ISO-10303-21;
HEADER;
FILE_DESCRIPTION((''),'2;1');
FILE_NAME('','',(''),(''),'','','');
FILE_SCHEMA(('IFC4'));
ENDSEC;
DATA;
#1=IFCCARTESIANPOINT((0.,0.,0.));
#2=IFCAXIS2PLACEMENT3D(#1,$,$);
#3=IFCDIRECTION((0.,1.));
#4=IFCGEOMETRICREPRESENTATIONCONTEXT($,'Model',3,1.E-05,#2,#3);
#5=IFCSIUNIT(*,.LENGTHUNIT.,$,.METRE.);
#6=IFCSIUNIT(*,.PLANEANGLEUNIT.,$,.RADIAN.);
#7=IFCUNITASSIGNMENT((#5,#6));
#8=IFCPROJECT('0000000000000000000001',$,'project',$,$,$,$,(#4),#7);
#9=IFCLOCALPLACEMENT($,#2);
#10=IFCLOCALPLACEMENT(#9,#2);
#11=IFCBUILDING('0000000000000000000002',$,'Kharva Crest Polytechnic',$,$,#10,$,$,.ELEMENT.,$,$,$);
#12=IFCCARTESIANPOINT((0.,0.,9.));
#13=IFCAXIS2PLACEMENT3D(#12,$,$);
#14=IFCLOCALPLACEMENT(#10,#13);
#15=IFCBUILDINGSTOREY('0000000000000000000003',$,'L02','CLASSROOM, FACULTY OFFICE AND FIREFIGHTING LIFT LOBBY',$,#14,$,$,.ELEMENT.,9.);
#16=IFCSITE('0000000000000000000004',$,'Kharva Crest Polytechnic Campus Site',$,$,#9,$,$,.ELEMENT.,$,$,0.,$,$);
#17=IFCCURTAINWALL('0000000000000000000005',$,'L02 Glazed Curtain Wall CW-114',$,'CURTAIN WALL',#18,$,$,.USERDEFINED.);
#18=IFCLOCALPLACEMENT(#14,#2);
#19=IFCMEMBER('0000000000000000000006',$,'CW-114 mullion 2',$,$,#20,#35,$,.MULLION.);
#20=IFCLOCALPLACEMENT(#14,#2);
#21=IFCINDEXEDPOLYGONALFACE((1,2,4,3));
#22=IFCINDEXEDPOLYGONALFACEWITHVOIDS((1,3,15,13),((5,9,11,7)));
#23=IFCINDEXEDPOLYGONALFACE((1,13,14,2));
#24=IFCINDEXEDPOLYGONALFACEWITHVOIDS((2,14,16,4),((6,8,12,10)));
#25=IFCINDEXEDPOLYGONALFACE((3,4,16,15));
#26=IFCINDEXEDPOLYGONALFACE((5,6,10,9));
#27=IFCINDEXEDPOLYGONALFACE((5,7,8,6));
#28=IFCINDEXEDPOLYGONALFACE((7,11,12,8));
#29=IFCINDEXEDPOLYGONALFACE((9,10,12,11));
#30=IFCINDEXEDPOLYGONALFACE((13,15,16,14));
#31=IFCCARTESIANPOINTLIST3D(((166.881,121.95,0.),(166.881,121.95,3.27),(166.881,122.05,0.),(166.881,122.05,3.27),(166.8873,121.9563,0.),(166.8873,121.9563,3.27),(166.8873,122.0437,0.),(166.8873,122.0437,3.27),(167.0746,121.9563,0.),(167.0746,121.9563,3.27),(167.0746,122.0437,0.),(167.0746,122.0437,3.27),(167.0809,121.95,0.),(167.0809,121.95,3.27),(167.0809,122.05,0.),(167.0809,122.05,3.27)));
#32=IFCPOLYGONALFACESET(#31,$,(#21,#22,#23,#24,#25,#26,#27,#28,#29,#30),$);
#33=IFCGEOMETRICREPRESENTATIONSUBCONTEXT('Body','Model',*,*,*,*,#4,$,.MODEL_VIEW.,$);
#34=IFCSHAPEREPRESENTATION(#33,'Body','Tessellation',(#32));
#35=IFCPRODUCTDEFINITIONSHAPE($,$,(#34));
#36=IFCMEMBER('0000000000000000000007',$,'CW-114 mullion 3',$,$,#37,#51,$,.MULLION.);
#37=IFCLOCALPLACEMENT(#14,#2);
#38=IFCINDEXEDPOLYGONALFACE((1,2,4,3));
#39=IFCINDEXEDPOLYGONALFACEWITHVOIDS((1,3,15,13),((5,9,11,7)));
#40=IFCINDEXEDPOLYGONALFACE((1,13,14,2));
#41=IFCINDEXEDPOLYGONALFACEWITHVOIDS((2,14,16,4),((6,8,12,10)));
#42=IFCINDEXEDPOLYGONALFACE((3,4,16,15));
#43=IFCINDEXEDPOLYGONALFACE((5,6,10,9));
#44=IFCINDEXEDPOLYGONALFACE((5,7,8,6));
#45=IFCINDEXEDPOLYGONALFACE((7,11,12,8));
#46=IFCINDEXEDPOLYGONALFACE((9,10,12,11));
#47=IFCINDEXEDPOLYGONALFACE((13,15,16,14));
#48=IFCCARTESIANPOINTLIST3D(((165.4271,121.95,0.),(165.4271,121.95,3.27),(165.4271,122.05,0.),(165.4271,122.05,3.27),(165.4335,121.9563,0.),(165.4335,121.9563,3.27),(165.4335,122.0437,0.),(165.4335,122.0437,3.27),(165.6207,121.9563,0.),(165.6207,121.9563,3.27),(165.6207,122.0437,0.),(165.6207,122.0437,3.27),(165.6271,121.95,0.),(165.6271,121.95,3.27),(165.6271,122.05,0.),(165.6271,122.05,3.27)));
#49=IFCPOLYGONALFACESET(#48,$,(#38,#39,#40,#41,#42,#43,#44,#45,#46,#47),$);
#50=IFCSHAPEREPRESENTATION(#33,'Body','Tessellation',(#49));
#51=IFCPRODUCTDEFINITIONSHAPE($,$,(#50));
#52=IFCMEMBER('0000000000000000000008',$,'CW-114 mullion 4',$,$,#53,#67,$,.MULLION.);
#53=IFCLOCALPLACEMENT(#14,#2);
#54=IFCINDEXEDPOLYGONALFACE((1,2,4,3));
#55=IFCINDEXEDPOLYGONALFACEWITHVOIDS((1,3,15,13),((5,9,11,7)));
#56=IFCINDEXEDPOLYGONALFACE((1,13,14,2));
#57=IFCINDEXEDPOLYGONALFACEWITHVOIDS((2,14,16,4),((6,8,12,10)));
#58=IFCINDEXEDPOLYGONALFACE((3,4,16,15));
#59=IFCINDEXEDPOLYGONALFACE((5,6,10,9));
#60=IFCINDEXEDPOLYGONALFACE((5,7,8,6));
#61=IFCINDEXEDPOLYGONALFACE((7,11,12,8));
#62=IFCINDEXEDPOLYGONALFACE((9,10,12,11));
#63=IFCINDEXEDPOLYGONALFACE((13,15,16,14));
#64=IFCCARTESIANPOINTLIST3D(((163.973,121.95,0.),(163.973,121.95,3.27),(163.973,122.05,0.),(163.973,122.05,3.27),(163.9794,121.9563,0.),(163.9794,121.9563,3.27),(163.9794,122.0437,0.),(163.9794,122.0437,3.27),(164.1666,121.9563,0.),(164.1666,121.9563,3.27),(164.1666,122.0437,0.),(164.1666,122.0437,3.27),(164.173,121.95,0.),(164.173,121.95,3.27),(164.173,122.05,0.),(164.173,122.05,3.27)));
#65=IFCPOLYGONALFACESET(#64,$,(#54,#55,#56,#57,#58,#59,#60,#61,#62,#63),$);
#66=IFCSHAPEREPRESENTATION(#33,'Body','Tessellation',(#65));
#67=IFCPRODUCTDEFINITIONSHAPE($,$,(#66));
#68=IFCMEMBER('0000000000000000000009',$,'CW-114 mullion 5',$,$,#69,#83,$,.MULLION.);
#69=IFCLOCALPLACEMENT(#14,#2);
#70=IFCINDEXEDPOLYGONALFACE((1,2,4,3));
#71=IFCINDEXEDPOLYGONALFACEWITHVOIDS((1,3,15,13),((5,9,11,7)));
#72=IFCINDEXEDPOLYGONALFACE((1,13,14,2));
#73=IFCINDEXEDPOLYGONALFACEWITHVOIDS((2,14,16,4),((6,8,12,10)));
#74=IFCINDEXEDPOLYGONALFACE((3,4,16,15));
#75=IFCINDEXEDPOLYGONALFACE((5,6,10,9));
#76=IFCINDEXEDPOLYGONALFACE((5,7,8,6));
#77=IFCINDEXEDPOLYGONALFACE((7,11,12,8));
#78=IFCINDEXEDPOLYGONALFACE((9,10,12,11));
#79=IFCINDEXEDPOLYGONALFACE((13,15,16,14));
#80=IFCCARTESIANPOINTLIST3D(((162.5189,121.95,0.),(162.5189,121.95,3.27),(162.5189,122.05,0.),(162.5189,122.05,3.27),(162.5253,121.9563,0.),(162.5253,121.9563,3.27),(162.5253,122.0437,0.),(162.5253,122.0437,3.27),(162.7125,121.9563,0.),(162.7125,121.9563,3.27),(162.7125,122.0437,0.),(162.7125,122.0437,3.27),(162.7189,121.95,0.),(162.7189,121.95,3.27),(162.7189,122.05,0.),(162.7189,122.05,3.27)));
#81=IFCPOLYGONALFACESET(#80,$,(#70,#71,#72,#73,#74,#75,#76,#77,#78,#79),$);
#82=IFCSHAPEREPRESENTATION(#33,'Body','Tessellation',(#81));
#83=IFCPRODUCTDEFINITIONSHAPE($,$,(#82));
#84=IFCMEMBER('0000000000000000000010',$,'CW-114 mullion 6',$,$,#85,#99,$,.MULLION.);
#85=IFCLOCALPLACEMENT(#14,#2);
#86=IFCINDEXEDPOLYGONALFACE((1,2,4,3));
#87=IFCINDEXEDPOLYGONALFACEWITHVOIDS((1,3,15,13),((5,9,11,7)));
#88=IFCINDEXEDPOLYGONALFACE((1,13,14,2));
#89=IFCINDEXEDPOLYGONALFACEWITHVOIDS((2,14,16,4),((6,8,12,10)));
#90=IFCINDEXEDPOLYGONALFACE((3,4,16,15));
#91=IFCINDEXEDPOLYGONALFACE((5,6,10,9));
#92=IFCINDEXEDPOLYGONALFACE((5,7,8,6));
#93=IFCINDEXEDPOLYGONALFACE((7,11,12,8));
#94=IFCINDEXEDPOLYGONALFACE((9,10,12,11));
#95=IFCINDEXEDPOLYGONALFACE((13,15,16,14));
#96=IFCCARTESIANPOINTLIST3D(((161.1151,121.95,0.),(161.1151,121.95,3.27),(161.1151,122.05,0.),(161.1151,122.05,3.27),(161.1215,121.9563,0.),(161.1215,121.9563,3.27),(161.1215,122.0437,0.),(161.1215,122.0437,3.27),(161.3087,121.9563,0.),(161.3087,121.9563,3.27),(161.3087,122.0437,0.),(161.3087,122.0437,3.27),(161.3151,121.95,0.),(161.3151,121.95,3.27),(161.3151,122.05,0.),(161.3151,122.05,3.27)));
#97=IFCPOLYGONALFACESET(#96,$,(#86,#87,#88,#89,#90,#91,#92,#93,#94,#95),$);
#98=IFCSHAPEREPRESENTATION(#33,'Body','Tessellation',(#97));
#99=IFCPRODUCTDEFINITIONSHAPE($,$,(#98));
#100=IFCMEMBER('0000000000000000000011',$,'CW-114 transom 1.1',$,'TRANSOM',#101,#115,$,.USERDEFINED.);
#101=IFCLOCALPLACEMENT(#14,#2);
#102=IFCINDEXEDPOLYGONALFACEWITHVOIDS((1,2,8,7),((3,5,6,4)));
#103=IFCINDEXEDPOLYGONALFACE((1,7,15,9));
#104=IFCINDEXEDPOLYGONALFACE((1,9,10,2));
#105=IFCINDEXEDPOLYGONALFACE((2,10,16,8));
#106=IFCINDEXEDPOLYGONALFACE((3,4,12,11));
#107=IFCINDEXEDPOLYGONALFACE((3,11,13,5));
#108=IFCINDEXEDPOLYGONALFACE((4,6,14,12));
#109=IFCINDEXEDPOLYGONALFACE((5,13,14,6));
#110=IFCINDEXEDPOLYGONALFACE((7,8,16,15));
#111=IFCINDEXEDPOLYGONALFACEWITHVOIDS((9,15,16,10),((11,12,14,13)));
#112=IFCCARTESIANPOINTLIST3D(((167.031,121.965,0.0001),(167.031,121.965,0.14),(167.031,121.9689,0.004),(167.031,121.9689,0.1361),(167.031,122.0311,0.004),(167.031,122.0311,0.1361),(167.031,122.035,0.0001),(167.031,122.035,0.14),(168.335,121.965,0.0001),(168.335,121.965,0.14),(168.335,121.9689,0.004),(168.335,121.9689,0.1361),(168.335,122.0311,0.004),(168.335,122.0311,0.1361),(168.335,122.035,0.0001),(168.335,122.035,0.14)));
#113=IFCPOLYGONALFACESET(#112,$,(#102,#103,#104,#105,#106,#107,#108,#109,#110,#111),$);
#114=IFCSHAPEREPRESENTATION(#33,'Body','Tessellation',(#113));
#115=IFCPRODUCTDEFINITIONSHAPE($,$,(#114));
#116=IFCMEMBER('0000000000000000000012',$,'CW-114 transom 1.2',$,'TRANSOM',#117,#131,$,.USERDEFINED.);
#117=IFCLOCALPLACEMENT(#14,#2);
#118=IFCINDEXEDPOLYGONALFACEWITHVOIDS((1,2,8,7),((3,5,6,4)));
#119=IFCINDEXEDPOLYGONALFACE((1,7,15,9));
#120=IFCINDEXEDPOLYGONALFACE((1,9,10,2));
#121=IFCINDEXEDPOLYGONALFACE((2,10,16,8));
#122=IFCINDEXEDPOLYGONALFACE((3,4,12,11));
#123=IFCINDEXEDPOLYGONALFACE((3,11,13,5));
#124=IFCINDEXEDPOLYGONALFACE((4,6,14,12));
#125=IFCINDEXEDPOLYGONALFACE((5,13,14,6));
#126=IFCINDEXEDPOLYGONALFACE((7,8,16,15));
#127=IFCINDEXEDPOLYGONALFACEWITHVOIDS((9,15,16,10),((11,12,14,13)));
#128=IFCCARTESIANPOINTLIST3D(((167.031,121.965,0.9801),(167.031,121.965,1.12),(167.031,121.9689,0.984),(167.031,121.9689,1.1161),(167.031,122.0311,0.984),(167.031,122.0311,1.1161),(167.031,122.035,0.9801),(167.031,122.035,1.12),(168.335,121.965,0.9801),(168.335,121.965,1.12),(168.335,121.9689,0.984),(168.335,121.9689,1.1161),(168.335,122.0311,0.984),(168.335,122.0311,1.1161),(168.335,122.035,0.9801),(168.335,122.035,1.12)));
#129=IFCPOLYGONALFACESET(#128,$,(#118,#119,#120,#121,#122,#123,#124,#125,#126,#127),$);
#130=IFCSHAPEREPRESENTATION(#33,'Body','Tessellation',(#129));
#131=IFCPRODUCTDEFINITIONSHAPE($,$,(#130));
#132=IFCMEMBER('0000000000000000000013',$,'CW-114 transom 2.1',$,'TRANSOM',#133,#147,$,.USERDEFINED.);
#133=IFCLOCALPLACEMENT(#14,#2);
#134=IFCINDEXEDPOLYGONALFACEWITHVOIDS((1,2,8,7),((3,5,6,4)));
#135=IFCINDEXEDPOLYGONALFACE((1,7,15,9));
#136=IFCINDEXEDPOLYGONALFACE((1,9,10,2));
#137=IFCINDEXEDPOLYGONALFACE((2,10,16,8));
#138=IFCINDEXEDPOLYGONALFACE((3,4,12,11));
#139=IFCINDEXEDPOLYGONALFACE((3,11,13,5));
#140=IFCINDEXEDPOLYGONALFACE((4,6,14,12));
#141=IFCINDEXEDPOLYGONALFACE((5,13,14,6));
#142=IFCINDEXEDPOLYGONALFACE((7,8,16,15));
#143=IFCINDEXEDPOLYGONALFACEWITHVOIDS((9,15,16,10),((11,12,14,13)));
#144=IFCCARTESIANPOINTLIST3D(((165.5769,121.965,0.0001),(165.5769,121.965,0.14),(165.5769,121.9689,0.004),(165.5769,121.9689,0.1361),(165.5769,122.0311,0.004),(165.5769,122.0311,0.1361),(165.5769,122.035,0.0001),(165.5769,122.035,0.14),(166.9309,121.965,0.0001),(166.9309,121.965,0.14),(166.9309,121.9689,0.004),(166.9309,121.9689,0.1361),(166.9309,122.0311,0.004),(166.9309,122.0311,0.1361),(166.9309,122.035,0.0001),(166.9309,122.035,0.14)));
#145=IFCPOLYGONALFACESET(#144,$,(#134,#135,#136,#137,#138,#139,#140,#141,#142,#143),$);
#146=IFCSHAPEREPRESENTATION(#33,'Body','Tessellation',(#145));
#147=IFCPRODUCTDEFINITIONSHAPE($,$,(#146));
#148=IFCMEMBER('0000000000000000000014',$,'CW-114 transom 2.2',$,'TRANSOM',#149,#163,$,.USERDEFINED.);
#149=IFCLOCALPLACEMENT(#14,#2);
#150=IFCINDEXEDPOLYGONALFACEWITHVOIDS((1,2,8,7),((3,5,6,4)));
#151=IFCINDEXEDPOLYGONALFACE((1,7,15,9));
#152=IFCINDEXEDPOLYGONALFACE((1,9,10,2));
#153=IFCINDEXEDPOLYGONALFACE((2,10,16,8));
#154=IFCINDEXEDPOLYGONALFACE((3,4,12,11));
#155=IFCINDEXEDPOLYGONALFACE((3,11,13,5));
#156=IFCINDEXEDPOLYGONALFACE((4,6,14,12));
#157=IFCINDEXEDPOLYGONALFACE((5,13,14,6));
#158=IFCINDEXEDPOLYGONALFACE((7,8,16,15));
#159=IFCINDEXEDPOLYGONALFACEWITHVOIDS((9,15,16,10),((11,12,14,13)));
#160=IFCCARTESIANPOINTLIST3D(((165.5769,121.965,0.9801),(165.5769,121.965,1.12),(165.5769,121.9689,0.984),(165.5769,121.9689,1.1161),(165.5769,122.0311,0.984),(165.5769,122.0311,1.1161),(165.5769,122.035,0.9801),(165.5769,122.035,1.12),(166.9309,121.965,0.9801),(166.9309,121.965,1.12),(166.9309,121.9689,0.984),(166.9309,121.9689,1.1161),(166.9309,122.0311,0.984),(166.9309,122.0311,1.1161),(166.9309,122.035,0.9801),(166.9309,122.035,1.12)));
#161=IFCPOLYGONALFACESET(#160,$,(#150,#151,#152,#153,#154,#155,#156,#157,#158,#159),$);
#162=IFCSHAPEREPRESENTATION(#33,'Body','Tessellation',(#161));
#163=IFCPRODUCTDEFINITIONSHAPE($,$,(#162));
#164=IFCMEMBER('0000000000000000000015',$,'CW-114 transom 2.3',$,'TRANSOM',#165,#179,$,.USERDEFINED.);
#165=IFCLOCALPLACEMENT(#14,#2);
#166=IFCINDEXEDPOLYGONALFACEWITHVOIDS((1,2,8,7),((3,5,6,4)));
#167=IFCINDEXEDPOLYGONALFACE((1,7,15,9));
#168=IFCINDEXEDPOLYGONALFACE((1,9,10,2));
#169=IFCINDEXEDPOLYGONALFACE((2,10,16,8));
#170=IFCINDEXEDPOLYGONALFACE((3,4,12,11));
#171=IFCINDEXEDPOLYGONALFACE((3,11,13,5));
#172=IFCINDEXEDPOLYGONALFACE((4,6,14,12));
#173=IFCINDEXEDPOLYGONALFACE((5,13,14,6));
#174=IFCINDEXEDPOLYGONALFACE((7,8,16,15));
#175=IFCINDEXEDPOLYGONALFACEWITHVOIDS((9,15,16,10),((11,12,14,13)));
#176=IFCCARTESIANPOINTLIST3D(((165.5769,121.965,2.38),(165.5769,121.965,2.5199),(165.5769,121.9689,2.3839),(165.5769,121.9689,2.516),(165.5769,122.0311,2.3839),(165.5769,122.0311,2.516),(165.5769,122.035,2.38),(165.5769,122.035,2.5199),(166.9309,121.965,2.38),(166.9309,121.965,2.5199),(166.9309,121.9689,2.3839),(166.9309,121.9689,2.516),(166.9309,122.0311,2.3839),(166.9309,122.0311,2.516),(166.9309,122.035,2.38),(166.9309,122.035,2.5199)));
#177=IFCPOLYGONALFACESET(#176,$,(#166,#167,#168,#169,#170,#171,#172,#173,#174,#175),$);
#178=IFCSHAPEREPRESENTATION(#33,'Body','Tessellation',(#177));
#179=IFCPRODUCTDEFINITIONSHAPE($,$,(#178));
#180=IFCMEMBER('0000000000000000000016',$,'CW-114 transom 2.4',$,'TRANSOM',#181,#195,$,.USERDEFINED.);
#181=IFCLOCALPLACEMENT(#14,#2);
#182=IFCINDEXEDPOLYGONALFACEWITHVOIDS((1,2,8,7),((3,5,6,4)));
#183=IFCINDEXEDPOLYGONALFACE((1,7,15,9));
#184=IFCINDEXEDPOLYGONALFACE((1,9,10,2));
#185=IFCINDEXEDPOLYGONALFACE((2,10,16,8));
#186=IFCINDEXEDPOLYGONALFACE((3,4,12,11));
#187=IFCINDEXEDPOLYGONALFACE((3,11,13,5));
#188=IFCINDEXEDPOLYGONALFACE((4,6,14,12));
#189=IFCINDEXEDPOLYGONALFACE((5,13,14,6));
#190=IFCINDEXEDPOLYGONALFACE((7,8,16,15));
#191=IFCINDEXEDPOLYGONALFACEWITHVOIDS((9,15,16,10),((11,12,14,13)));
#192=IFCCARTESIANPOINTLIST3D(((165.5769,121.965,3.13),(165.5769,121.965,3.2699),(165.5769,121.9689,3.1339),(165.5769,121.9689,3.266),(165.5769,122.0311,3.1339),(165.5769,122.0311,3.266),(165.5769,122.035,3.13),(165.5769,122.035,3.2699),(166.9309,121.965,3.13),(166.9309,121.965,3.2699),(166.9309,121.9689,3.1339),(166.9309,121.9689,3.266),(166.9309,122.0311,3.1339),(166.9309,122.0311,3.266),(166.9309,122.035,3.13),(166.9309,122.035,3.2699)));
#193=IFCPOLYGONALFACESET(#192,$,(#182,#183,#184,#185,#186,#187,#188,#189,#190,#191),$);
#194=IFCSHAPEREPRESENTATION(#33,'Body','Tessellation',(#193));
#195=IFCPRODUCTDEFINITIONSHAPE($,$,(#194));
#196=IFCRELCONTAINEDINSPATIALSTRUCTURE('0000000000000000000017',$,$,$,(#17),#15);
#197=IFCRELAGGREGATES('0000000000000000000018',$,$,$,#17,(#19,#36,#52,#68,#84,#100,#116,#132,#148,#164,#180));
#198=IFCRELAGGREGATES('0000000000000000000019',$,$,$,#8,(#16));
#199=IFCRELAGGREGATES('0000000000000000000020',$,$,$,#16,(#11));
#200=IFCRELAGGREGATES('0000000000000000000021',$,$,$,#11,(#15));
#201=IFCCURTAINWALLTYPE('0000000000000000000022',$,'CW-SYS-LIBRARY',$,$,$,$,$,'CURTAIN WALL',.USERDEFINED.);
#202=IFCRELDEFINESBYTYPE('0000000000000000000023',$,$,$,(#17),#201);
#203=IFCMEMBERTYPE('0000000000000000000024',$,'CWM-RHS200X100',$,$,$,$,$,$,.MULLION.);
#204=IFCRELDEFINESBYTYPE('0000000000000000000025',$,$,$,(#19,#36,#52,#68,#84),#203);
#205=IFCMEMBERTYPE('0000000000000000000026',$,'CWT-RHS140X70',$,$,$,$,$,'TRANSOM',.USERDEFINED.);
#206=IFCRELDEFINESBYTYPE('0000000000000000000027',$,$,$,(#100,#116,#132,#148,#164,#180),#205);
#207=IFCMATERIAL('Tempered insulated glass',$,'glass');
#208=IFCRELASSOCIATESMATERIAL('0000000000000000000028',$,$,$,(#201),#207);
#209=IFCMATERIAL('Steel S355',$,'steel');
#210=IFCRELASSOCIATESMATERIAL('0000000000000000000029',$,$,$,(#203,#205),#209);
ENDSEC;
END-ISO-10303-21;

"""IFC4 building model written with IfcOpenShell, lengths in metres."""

from ifc_helpers import new_model, si_unit, direction, frame, origin, origin_2d, place, context, subcontext, project, spatial, hollow_rectangle, extrude, material, material_profile, profile_set, type_object, element, aggregate, save


model = new_model("IFC4")

# Units and contexts
model_context = context("Model", 3, precision=1e-05, world=origin(), true_north=direction((0.0, 1.0)))
body_context = subcontext(model_context, "Body", "Model", "MODEL_VIEW")
ifc_project = project(units=[si_unit("LENGTHUNIT", "METRE"), si_unit("PLANEANGLEUNIT", "RADIAN")], contexts=[model_context])

# Site, building, storey
site_placement = place(None, origin())
site = spatial("IfcSite", under=ifc_project, at=site_placement, Name="Kharva Crest Polytechnic Campus Site", CompositionType="ELEMENT", RefElevation=0.0)
building_placement = place(site_placement, origin())
building = spatial("IfcBuilding", under=site, at=building_placement, Name="Kharva Crest Polytechnic", CompositionType="ELEMENT")
storey_placement = place(building_placement, frame((0.0, 0.0, 9.0)))
storey = spatial("IfcBuildingStorey", under=building, at=storey_placement, Name="L02", Description="CLASSROOM, FACULTY OFFICE AND FIREFIGHTING LIFT LOBBY", CompositionType="ELEMENT", Elevation=9.0)

# Curtain wall, members
ifc_material_1 = material(Name="Tempered insulated glass", Category="glass")
curtain_wall_type = type_object("IfcCurtainWallType", Name="CW-SYS-LIBRARY", ElementType="CURTAIN WALL", PredefinedType="USERDEFINED", material=ifc_material_1)
curtain_wall_placement = place(storey_placement, origin())
curtain_wall = element("IfcCurtainWall", 1, at=curtain_wall_placement, inside=storey, type_object=curtain_wall_type, Name="L02 Glazed Curtain Wall CW-114", ObjectType="CURTAIN WALL", PredefinedType="USERDEFINED")
ifc_material_2 = material(Name="Steel S355", Category="steel")
ifc_material_profile_1 = material_profile(ifc_material_2, hollow_rectangle(XDim=0.1001, YDim=0.2, WallThickness=0.0063, at=origin_2d()), Name="RHS 200X100X6.3")
ifc_profile_set_1 = profile_set([ifc_material_profile_1], Name="Steel S355")
member_type_1 = type_object("IfcMemberType", Name="CWM-RHS200X100", PredefinedType="MULLION", material=ifc_profile_set_1)
member_1_placement = place(storey_placement, frame((166.981, 122.0, 0.0), z_axis=(0.0, 0.0, 1.0), x_axis=(0.0, -1.0, 0.0)))
member_1 = element("IfcMember", 2, at=member_1_placement, type_object=member_type_1, Name="CW-114 mullion 2", PredefinedType="MULLION", context=body_context, shape_type="SweptSolid", body=[
    extrude(hollow_rectangle(XDim=0.1001, YDim=0.2, WallThickness=0.0063, at=origin_2d()), origin(), (0.0, 0.0, 1.0), 3.27),
])
member_2_placement = place(storey_placement, frame((165.5271, 122.0, 0.0), z_axis=(0.0, 0.0, 1.0), x_axis=(0.0, -1.0, 0.0)))
member_2 = element("IfcMember", 3, at=member_2_placement, type_object=member_type_1, Name="CW-114 mullion 3", PredefinedType="MULLION", context=body_context, shape_type="SweptSolid", body=[
    extrude(hollow_rectangle(XDim=0.1001, YDim=0.2, WallThickness=0.0063, at=origin_2d()), origin(), (0.0, 0.0, 1.0), 3.27),
])
member_3_placement = place(storey_placement, frame((164.073, 122.0, 0.0), z_axis=(0.0, 0.0, 1.0), x_axis=(0.0, -1.0, 0.0)))
member_3 = element("IfcMember", 4, at=member_3_placement, type_object=member_type_1, Name="CW-114 mullion 4", PredefinedType="MULLION", context=body_context, shape_type="SweptSolid", body=[
    extrude(hollow_rectangle(XDim=0.1001, YDim=0.2, WallThickness=0.0063, at=origin_2d()), origin(), (0.0, 0.0, 1.0), 3.27),
])
member_4_placement = place(storey_placement, frame((162.6189, 122.0, 0.0), z_axis=(0.0, 0.0, 1.0), x_axis=(0.0, -1.0, 0.0)))
member_4 = element("IfcMember", 5, at=member_4_placement, type_object=member_type_1, Name="CW-114 mullion 5", PredefinedType="MULLION", context=body_context, shape_type="SweptSolid", body=[
    extrude(hollow_rectangle(XDim=0.1001, YDim=0.2, WallThickness=0.0063, at=origin_2d()), origin(), (0.0, 0.0, 1.0), 3.27),
])
member_5_placement = place(storey_placement, frame((161.2151, 122.0, 0.0), z_axis=(0.0, 0.0, 1.0), x_axis=(0.0, -1.0, 0.0)))
member_5 = element("IfcMember", 6, at=member_5_placement, type_object=member_type_1, Name="CW-114 mullion 6", PredefinedType="MULLION", context=body_context, shape_type="SweptSolid", body=[
    extrude(hollow_rectangle(XDim=0.1001, YDim=0.2, WallThickness=0.0063, at=origin_2d()), origin(), (0.0, 0.0, 1.0), 3.27),
])
ifc_material_profile_2 = material_profile(ifc_material_2, hollow_rectangle(XDim=0.0701, YDim=0.1399, WallThickness=0.0039, at=origin_2d()), Name="RHS 140X70X4.0")
ifc_profile_set_2 = profile_set([ifc_material_profile_2], Name="Steel S355")
member_type_2 = type_object("IfcMemberType", Name="CWT-RHS140X70", ElementType="TRANSOM", PredefinedType="USERDEFINED", material=ifc_profile_set_2)
member_6_placement = place(storey_placement, frame((168.335, 122.0, 0.0701), z_axis=(-1.0, 0.0, 0.0), x_axis=(0.0, -1.0, 0.0)))
member_6 = element("IfcMember", 7, at=member_6_placement, type_object=member_type_2, Name="CW-114 transom 1.1", ObjectType="TRANSOM", PredefinedType="USERDEFINED", context=body_context, shape_type="SweptSolid", body=[
    extrude(hollow_rectangle(XDim=0.0701, YDim=0.1399, WallThickness=0.0039, at=origin_2d()), origin(), (0.0, 0.0, 1.0), 1.304),
])
member_7_placement = place(storey_placement, frame((168.335, 122.0, 1.05), z_axis=(-1.0, 0.0, 0.0), x_axis=(0.0, -1.0, 0.0)))
member_7 = element("IfcMember", 8, at=member_7_placement, type_object=member_type_2, Name="CW-114 transom 1.2", ObjectType="TRANSOM", PredefinedType="USERDEFINED", context=body_context, shape_type="SweptSolid", body=[
    extrude(hollow_rectangle(XDim=0.0701, YDim=0.1399, WallThickness=0.0039, at=origin_2d()), origin(), (0.0, 0.0, 1.0), 1.304),
])
member_8_placement = place(storey_placement, frame((166.9309, 122.0, 0.0701), z_axis=(-1.0, 0.0, 0.0), x_axis=(0.0, -1.0, 0.0)))
member_8 = element("IfcMember", 9, at=member_8_placement, type_object=member_type_2, Name="CW-114 transom 2.1", ObjectType="TRANSOM", PredefinedType="USERDEFINED", context=body_context, shape_type="SweptSolid", body=[
    extrude(hollow_rectangle(XDim=0.0701, YDim=0.1399, WallThickness=0.0039, at=origin_2d()), origin(), (0.0, 0.0, 1.0), 1.354),
])
member_9_placement = place(storey_placement, frame((166.9309, 122.0, 1.05), z_axis=(-1.0, 0.0, 0.0), x_axis=(0.0, -1.0, 0.0)))
member_9 = element("IfcMember", 10, at=member_9_placement, type_object=member_type_2, Name="CW-114 transom 2.2", ObjectType="TRANSOM", PredefinedType="USERDEFINED", context=body_context, shape_type="SweptSolid", body=[
    extrude(hollow_rectangle(XDim=0.0701, YDim=0.1399, WallThickness=0.0039, at=origin_2d()), origin(), (0.0, 0.0, 1.0), 1.354),
])
member_10_placement = place(storey_placement, frame((166.9309, 122.0, 2.45), z_axis=(-1.0, 0.0, 0.0), x_axis=(0.0, -1.0, 0.0)))
member_10 = element("IfcMember", 11, at=member_10_placement, type_object=member_type_2, Name="CW-114 transom 2.3", ObjectType="TRANSOM", PredefinedType="USERDEFINED", context=body_context, shape_type="SweptSolid", body=[
    extrude(hollow_rectangle(XDim=0.0701, YDim=0.1399, WallThickness=0.0039, at=origin_2d()), origin(), (0.0, 0.0, 1.0), 1.354),
])
member_11_placement = place(storey_placement, frame((166.9309, 122.0, 3.2), z_axis=(-1.0, 0.0, 0.0), x_axis=(0.0, -1.0, 0.0)))
member_11 = element("IfcMember", 12, at=member_11_placement, type_object=member_type_2, Name="CW-114 transom 2.4", ObjectType="TRANSOM", PredefinedType="USERDEFINED", context=body_context, shape_type="SweptSolid", body=[
    extrude(hollow_rectangle(XDim=0.0701, YDim=0.1399, WallThickness=0.0039, at=origin_2d()), origin(), (0.0, 0.0, 1.0), 1.354),
])

aggregate(curtain_wall, [member_1, member_2, member_3, member_4, member_5, member_6, member_7, member_8, member_9, member_10, member_11])

save(model, "model.ifc")
